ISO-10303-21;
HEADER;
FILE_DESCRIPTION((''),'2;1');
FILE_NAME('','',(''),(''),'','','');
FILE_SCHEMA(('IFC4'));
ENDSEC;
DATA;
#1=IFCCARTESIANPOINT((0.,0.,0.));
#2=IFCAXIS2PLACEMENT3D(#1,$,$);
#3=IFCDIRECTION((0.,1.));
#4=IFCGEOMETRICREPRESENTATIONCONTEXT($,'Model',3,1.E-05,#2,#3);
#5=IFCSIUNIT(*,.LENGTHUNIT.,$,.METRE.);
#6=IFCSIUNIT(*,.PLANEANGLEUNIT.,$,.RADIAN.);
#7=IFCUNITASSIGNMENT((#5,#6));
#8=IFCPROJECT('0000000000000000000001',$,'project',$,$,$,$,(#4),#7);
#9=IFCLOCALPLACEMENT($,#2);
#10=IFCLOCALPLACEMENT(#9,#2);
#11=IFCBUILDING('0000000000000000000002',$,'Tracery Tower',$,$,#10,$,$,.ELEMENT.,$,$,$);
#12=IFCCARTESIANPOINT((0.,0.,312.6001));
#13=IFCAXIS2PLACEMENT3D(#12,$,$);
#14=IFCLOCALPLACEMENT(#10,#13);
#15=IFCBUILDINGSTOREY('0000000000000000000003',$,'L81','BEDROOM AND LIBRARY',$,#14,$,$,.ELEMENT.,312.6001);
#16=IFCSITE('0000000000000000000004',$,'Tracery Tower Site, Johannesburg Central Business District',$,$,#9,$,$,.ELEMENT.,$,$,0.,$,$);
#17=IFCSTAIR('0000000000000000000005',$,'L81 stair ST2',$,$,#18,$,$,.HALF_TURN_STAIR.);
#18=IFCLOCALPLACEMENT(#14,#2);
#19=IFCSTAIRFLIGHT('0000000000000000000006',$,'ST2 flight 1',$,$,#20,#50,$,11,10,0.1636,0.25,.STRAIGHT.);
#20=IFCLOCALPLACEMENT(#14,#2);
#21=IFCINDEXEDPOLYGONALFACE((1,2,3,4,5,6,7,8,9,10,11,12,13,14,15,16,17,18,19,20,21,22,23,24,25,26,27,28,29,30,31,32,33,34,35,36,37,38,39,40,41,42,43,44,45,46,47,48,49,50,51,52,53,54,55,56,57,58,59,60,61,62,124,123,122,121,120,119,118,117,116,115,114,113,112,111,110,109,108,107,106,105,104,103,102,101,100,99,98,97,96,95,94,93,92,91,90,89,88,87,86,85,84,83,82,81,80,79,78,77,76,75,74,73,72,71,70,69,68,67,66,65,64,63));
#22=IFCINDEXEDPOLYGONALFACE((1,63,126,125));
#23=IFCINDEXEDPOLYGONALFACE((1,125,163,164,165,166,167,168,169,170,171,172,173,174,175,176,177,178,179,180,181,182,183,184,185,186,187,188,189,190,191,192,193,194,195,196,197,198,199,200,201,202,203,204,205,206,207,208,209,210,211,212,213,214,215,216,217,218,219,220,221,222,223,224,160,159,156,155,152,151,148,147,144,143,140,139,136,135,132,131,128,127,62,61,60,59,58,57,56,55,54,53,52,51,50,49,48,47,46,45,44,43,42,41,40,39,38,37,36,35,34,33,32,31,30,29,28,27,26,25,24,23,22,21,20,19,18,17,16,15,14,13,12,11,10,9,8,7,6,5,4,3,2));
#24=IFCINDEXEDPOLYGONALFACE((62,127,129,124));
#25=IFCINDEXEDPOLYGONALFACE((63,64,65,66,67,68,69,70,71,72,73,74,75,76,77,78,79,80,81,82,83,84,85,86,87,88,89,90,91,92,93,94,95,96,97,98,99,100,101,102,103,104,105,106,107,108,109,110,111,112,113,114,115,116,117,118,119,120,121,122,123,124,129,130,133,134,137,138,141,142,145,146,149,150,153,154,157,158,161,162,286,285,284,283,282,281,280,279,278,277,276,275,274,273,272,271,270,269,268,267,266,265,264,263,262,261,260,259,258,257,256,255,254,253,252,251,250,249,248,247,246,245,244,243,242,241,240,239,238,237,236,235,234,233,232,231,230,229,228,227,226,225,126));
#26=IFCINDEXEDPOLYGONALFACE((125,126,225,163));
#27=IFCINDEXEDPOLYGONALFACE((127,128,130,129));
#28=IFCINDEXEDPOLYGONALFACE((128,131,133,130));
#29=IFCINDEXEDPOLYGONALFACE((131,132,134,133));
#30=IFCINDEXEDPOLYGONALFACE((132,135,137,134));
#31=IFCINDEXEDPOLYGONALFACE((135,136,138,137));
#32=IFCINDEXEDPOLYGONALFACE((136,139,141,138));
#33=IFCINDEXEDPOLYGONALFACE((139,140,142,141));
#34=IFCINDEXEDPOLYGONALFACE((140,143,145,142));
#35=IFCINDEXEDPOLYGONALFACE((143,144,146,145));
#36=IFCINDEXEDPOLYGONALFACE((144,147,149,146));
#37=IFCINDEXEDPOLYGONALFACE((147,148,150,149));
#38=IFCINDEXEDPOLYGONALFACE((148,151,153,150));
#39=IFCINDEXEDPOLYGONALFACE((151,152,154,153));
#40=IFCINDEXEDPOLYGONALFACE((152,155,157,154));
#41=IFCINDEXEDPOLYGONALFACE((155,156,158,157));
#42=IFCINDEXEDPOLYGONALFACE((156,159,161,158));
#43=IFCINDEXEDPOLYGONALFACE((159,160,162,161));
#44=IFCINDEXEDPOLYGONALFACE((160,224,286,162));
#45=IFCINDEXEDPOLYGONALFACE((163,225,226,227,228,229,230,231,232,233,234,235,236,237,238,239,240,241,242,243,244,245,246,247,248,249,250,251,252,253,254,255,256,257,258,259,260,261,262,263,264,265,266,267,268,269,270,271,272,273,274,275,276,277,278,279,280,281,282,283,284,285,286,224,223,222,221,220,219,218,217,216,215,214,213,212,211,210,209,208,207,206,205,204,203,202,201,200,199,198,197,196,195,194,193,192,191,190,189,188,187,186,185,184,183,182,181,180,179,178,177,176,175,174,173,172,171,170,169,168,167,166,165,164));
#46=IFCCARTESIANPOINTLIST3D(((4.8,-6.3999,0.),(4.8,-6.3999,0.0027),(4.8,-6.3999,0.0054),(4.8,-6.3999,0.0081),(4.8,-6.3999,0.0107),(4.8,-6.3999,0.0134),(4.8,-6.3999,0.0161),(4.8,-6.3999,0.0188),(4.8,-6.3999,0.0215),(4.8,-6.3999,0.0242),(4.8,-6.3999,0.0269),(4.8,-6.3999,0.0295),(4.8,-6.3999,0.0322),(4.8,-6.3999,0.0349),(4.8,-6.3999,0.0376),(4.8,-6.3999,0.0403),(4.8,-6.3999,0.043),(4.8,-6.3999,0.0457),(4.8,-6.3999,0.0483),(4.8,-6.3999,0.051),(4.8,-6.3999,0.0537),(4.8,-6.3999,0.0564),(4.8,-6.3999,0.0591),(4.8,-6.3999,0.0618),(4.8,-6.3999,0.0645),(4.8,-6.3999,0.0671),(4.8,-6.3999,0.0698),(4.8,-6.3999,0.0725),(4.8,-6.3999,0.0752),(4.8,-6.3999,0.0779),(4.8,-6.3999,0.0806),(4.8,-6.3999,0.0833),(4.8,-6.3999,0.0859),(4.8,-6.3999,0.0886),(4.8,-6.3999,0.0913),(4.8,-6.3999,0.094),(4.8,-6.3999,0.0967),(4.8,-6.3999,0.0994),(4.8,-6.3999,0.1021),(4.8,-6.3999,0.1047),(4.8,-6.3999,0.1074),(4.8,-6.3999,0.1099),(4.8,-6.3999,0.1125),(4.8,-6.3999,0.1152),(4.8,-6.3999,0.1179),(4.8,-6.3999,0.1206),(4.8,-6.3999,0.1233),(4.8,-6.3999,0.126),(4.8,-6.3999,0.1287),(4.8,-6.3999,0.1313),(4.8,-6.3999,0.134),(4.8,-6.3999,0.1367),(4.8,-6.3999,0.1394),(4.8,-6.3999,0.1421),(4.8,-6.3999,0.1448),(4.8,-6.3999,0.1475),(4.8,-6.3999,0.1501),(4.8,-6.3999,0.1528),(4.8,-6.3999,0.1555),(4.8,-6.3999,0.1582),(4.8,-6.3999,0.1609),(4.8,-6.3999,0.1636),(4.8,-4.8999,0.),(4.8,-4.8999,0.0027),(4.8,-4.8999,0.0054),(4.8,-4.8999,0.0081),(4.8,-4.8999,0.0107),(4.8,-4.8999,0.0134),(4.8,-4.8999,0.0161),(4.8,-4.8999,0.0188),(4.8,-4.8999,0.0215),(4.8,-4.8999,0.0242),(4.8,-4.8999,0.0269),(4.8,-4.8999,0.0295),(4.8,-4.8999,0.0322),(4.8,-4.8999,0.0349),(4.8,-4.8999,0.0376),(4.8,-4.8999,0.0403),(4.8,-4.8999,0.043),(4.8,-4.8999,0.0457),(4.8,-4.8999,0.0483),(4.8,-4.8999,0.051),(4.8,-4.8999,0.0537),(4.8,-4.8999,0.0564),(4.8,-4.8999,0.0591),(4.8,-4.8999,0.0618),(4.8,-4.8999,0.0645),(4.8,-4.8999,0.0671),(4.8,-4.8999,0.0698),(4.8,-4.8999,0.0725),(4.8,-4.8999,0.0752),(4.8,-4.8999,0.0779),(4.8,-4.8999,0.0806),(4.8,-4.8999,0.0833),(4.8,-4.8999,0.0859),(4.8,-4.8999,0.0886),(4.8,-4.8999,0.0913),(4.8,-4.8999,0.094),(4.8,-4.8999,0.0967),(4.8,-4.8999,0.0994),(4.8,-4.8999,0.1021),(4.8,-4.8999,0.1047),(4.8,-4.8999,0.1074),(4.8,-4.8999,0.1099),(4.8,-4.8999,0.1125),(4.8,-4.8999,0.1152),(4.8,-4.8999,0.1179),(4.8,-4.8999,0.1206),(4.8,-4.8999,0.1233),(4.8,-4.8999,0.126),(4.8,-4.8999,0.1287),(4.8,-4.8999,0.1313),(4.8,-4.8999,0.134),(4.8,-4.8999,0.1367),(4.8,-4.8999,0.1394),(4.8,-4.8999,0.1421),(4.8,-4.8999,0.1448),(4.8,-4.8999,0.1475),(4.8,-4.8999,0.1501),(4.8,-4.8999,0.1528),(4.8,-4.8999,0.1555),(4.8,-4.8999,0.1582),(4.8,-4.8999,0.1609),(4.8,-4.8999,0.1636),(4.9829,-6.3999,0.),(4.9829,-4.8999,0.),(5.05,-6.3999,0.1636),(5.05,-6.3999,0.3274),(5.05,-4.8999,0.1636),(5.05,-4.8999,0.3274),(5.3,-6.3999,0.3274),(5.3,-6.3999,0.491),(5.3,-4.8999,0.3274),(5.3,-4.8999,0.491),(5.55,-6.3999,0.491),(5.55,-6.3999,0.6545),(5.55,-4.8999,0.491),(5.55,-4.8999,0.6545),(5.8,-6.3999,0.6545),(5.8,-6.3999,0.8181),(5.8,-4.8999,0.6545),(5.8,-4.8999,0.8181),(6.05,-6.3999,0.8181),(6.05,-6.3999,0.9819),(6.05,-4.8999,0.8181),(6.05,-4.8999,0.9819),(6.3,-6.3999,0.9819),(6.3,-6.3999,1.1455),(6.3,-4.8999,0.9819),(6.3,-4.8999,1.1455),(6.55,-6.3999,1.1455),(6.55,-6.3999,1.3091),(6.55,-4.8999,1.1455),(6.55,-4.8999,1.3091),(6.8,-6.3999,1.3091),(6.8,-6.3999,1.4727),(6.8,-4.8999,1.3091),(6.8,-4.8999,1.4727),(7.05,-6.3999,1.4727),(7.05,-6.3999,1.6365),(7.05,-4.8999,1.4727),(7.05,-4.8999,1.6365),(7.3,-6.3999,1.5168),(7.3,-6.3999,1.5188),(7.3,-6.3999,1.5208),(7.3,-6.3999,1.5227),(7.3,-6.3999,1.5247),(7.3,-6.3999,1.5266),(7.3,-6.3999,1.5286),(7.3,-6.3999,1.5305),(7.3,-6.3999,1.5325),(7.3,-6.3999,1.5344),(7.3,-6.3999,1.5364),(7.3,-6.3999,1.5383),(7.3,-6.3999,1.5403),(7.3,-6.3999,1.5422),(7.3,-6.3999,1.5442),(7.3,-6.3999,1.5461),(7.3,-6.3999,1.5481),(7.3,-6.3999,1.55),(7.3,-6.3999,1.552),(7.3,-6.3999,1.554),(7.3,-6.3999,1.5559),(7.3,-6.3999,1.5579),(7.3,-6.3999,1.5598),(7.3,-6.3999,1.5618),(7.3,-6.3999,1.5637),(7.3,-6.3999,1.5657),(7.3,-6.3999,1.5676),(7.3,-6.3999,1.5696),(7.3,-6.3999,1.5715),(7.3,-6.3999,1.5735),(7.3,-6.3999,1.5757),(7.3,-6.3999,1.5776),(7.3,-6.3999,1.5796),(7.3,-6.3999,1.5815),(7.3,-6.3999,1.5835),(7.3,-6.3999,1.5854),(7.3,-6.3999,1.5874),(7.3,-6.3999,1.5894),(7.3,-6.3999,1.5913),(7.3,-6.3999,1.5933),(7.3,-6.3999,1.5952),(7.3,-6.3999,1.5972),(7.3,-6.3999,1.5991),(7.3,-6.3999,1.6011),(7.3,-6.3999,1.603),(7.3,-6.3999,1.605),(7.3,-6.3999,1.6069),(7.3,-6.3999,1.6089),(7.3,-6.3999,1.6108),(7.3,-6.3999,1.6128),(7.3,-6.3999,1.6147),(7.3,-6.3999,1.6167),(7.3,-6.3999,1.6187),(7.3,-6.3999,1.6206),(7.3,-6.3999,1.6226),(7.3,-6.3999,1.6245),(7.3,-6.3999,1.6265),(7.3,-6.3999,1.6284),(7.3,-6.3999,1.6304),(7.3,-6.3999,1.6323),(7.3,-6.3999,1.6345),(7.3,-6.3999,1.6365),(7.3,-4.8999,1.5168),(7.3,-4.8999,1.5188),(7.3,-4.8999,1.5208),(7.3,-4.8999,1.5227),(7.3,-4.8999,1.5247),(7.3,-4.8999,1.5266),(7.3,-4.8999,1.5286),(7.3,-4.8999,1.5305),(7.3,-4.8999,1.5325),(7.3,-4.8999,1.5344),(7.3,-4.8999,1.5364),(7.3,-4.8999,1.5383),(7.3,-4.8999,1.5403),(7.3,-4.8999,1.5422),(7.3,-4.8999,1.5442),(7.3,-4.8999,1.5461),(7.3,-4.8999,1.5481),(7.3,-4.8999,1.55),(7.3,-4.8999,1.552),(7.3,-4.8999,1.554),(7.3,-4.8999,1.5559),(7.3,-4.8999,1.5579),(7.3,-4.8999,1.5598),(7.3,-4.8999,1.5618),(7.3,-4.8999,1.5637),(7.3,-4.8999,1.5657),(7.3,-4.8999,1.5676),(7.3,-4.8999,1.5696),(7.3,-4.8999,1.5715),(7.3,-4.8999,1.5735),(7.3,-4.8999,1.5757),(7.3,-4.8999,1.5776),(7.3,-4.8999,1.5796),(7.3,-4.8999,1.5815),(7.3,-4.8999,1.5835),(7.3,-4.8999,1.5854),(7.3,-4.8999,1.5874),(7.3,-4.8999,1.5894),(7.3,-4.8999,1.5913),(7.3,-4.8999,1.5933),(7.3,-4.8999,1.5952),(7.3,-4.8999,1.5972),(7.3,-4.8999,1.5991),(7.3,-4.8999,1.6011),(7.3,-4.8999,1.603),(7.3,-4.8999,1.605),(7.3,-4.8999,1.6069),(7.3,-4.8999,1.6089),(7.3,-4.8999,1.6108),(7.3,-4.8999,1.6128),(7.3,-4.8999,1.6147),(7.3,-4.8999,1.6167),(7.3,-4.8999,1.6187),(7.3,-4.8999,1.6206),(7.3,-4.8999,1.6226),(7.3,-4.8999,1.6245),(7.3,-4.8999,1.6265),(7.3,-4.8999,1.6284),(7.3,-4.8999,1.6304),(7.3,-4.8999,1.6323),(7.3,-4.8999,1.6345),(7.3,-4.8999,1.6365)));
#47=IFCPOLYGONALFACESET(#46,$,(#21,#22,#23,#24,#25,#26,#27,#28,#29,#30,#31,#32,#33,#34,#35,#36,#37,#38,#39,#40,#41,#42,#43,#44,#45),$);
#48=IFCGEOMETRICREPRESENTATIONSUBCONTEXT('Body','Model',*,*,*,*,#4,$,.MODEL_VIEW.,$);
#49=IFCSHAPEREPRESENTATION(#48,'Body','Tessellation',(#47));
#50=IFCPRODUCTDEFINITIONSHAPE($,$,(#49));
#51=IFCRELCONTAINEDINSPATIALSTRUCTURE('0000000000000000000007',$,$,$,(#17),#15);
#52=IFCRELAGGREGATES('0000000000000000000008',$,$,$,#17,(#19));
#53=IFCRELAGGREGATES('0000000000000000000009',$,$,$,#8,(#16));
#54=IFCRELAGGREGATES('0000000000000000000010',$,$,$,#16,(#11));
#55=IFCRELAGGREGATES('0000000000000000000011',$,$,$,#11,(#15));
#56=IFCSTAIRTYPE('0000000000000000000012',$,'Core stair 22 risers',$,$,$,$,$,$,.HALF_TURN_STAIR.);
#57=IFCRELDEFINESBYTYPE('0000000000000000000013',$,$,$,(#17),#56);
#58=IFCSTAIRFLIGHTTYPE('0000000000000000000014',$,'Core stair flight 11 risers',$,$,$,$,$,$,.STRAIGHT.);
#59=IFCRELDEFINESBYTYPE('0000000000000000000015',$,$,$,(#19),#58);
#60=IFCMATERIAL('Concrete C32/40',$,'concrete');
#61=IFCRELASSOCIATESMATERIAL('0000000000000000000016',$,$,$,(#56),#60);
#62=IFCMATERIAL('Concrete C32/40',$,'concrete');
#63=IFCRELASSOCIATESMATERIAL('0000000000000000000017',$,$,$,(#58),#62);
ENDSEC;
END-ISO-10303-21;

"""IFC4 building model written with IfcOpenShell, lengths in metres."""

from ifc_helpers import new_model, si_unit, direction, frame, origin, place, context, subcontext, project, spatial, polyline, outline, extrude, material, type_object, element, aggregate, save


model = new_model("IFC4")

# Units and contexts
model_context = context("Model", 3, precision=1e-05, world=origin(), true_north=direction((0.0, 1.0)))
body_context = subcontext(model_context, "Body", "Model", "MODEL_VIEW")
ifc_project = project(units=[si_unit("LENGTHUNIT", "METRE"), si_unit("PLANEANGLEUNIT", "RADIAN")], contexts=[model_context])

# Site, building, storey
site_placement = place(None, origin())
site = spatial("IfcSite", under=ifc_project, at=site_placement, Name="Tracery Tower Site, Johannesburg Central Business District", CompositionType="ELEMENT", RefElevation=0.0)
building_placement = place(site_placement, origin())
building = spatial("IfcBuilding", under=site, at=building_placement, Name="Tracery Tower", CompositionType="ELEMENT")
storey_placement = place(building_placement, frame((0.0, 0.0, 312.6001)))
storey = spatial("IfcBuildingStorey", under=building, at=storey_placement, Name="L81", Description="BEDROOM AND LIBRARY", CompositionType="ELEMENT", Elevation=312.6001)

# Stair
ifc_material_1 = material(Name="Concrete C32/40", Category="concrete")
stair_type = type_object("IfcStairType", Name="Core stair 22 risers", PredefinedType="HALF_TURN_STAIR", material=ifc_material_1)
stair_1_placement = place(storey_placement, origin())
stair_1 = element("IfcStair", 1, at=stair_1_placement, inside=storey, type_object=stair_type, Name="L81 stair ST2", PredefinedType="HALF_TURN_STAIR")

# Stair flight
ifc_material_2 = material(Name="Concrete C32/40", Category="concrete")
stair_flight_type = type_object("IfcStairFlightType", Name="Core stair flight 11 risers", PredefinedType="STRAIGHT", material=ifc_material_2)
stair_flight_placement = place(storey_placement, frame((4.8, -5.6499, 0.0), z_axis=(0.0, 0.0, 1.0), x_axis=(1.0, 0.0, 0.0)))
stair_flight = element("IfcStairFlight", 2, at=stair_flight_placement, type_object=stair_flight_type, Name="ST2 flight 1", NumberOfRisers=11, NumberOfTreads=10, PredefinedType="STRAIGHT", RiserHeight=0.1636, TreadLength=0.25, context=body_context, shape_type="SweptSolid", body=[
    extrude(outline(polyline([(0.0, 0.0), (0.0, 0.0027), (0.0, 0.0054), (0.0, 0.0081), (0.0, 0.0107), (0.0, 0.0134), (0.0, 0.0161), (0.0, 0.0188), (0.0, 0.0215), (0.0, 0.0242), (0.0, 0.0269), (0.0, 0.0295), (0.0, 0.0322), (0.0, 0.0349), (0.0, 0.0376), (0.0, 0.0403), (0.0, 0.043), (0.0, 0.0457), (0.0, 0.0483), (0.0, 0.051), (0.0, 0.0537), (0.0, 0.0564), (0.0, 0.0591), (0.0, 0.0618), (0.0, 0.0645), (0.0, 0.0671), (0.0, 0.0698), (0.0, 0.0725), (0.0, 0.0752), (0.0, 0.0779), (0.0, 0.0806), (0.0, 0.0833), (0.0, 0.0859), (0.0, 0.0886), (0.0, 0.0913), (0.0, 0.094), (0.0, 0.0967), (0.0, 0.0994), (0.0, 0.1021), (0.0, 0.1047), (0.0, 0.1074), (0.0, 0.1099), (0.0, 0.1125), (0.0, 0.1152), (0.0, 0.1179), (0.0, 0.1206), (0.0, 0.1233), (0.0, 0.126), (0.0, 0.1287), (0.0, 0.1313), (0.0, 0.134), (0.0, 0.1367), (0.0, 0.1394), (0.0, 0.1421), (0.0, 0.1448), (0.0, 0.1475), (0.0, 0.1501), (0.0, 0.1528), (0.0, 0.1555), (0.0, 0.1582), (0.0, 0.1609), (0.0, 0.1636), (0.25, 0.1636), (0.25, 0.3274), (0.5, 0.3274), (0.5, 0.491), (0.75, 0.491), (0.75, 0.6545), (1.0, 0.6545), (1.0, 0.8181), (1.25, 0.8181), (1.25, 0.9819), (1.5, 0.9819), (1.5, 1.1455), (1.75, 1.1455), (1.75, 1.3091), (2.0, 1.3091), (2.0, 1.4727), (2.25, 1.4727), (2.25, 1.6365), (2.5, 1.6365), (2.5, 1.6345), (2.5, 1.6323), (2.5, 1.6304), (2.5, 1.6284), (2.5, 1.6265), (2.5, 1.6245), (2.5, 1.6226), (2.5, 1.6206), (2.5, 1.6187), (2.5, 1.6167), (2.5, 1.6147), (2.5, 1.6128), (2.5, 1.6108), (2.5, 1.6089), (2.5, 1.6069), (2.5, 1.605), (2.5, 1.603), (2.5, 1.6011), (2.5, 1.5991), (2.5, 1.5972), (2.5, 1.5952), (2.5, 1.5933), (2.5, 1.5913), (2.5, 1.5894), (2.5, 1.5874), (2.5, 1.5854), (2.5, 1.5835), (2.5, 1.5815), (2.5, 1.5796), (2.5, 1.5776), (2.5, 1.5757), (2.5, 1.5735), (2.5, 1.5715), (2.5, 1.5696), (2.5, 1.5676), (2.5, 1.5657), (2.5, 1.5637), (2.5, 1.5618), (2.5, 1.5598), (2.5, 1.5579), (2.5, 1.5559), (2.5, 1.554), (2.5, 1.552), (2.5, 1.55), (2.5, 1.5481), (2.5, 1.5461), (2.5, 1.5442), (2.5, 1.5422), (2.5, 1.5403), (2.5, 1.5383), (2.5, 1.5364), (2.5, 1.5344), (2.5, 1.5325), (2.5, 1.5305), (2.5, 1.5286), (2.5, 1.5266), (2.5, 1.5247), (2.5, 1.5227), (2.5, 1.5208), (2.5, 1.5188), (2.5, 1.5168), (0.1829, 0.0), (0.0, 0.0)])), frame((0.0, 0.75, 0.0), z_axis=(0.0, -1.0, 0.0), x_axis=(1.0, 0.0, 0.0)), (0.0, 0.0, 1.0), 1.5),
])
aggregate(stair_1, [stair_flight])

save(model, "model.ifc")
